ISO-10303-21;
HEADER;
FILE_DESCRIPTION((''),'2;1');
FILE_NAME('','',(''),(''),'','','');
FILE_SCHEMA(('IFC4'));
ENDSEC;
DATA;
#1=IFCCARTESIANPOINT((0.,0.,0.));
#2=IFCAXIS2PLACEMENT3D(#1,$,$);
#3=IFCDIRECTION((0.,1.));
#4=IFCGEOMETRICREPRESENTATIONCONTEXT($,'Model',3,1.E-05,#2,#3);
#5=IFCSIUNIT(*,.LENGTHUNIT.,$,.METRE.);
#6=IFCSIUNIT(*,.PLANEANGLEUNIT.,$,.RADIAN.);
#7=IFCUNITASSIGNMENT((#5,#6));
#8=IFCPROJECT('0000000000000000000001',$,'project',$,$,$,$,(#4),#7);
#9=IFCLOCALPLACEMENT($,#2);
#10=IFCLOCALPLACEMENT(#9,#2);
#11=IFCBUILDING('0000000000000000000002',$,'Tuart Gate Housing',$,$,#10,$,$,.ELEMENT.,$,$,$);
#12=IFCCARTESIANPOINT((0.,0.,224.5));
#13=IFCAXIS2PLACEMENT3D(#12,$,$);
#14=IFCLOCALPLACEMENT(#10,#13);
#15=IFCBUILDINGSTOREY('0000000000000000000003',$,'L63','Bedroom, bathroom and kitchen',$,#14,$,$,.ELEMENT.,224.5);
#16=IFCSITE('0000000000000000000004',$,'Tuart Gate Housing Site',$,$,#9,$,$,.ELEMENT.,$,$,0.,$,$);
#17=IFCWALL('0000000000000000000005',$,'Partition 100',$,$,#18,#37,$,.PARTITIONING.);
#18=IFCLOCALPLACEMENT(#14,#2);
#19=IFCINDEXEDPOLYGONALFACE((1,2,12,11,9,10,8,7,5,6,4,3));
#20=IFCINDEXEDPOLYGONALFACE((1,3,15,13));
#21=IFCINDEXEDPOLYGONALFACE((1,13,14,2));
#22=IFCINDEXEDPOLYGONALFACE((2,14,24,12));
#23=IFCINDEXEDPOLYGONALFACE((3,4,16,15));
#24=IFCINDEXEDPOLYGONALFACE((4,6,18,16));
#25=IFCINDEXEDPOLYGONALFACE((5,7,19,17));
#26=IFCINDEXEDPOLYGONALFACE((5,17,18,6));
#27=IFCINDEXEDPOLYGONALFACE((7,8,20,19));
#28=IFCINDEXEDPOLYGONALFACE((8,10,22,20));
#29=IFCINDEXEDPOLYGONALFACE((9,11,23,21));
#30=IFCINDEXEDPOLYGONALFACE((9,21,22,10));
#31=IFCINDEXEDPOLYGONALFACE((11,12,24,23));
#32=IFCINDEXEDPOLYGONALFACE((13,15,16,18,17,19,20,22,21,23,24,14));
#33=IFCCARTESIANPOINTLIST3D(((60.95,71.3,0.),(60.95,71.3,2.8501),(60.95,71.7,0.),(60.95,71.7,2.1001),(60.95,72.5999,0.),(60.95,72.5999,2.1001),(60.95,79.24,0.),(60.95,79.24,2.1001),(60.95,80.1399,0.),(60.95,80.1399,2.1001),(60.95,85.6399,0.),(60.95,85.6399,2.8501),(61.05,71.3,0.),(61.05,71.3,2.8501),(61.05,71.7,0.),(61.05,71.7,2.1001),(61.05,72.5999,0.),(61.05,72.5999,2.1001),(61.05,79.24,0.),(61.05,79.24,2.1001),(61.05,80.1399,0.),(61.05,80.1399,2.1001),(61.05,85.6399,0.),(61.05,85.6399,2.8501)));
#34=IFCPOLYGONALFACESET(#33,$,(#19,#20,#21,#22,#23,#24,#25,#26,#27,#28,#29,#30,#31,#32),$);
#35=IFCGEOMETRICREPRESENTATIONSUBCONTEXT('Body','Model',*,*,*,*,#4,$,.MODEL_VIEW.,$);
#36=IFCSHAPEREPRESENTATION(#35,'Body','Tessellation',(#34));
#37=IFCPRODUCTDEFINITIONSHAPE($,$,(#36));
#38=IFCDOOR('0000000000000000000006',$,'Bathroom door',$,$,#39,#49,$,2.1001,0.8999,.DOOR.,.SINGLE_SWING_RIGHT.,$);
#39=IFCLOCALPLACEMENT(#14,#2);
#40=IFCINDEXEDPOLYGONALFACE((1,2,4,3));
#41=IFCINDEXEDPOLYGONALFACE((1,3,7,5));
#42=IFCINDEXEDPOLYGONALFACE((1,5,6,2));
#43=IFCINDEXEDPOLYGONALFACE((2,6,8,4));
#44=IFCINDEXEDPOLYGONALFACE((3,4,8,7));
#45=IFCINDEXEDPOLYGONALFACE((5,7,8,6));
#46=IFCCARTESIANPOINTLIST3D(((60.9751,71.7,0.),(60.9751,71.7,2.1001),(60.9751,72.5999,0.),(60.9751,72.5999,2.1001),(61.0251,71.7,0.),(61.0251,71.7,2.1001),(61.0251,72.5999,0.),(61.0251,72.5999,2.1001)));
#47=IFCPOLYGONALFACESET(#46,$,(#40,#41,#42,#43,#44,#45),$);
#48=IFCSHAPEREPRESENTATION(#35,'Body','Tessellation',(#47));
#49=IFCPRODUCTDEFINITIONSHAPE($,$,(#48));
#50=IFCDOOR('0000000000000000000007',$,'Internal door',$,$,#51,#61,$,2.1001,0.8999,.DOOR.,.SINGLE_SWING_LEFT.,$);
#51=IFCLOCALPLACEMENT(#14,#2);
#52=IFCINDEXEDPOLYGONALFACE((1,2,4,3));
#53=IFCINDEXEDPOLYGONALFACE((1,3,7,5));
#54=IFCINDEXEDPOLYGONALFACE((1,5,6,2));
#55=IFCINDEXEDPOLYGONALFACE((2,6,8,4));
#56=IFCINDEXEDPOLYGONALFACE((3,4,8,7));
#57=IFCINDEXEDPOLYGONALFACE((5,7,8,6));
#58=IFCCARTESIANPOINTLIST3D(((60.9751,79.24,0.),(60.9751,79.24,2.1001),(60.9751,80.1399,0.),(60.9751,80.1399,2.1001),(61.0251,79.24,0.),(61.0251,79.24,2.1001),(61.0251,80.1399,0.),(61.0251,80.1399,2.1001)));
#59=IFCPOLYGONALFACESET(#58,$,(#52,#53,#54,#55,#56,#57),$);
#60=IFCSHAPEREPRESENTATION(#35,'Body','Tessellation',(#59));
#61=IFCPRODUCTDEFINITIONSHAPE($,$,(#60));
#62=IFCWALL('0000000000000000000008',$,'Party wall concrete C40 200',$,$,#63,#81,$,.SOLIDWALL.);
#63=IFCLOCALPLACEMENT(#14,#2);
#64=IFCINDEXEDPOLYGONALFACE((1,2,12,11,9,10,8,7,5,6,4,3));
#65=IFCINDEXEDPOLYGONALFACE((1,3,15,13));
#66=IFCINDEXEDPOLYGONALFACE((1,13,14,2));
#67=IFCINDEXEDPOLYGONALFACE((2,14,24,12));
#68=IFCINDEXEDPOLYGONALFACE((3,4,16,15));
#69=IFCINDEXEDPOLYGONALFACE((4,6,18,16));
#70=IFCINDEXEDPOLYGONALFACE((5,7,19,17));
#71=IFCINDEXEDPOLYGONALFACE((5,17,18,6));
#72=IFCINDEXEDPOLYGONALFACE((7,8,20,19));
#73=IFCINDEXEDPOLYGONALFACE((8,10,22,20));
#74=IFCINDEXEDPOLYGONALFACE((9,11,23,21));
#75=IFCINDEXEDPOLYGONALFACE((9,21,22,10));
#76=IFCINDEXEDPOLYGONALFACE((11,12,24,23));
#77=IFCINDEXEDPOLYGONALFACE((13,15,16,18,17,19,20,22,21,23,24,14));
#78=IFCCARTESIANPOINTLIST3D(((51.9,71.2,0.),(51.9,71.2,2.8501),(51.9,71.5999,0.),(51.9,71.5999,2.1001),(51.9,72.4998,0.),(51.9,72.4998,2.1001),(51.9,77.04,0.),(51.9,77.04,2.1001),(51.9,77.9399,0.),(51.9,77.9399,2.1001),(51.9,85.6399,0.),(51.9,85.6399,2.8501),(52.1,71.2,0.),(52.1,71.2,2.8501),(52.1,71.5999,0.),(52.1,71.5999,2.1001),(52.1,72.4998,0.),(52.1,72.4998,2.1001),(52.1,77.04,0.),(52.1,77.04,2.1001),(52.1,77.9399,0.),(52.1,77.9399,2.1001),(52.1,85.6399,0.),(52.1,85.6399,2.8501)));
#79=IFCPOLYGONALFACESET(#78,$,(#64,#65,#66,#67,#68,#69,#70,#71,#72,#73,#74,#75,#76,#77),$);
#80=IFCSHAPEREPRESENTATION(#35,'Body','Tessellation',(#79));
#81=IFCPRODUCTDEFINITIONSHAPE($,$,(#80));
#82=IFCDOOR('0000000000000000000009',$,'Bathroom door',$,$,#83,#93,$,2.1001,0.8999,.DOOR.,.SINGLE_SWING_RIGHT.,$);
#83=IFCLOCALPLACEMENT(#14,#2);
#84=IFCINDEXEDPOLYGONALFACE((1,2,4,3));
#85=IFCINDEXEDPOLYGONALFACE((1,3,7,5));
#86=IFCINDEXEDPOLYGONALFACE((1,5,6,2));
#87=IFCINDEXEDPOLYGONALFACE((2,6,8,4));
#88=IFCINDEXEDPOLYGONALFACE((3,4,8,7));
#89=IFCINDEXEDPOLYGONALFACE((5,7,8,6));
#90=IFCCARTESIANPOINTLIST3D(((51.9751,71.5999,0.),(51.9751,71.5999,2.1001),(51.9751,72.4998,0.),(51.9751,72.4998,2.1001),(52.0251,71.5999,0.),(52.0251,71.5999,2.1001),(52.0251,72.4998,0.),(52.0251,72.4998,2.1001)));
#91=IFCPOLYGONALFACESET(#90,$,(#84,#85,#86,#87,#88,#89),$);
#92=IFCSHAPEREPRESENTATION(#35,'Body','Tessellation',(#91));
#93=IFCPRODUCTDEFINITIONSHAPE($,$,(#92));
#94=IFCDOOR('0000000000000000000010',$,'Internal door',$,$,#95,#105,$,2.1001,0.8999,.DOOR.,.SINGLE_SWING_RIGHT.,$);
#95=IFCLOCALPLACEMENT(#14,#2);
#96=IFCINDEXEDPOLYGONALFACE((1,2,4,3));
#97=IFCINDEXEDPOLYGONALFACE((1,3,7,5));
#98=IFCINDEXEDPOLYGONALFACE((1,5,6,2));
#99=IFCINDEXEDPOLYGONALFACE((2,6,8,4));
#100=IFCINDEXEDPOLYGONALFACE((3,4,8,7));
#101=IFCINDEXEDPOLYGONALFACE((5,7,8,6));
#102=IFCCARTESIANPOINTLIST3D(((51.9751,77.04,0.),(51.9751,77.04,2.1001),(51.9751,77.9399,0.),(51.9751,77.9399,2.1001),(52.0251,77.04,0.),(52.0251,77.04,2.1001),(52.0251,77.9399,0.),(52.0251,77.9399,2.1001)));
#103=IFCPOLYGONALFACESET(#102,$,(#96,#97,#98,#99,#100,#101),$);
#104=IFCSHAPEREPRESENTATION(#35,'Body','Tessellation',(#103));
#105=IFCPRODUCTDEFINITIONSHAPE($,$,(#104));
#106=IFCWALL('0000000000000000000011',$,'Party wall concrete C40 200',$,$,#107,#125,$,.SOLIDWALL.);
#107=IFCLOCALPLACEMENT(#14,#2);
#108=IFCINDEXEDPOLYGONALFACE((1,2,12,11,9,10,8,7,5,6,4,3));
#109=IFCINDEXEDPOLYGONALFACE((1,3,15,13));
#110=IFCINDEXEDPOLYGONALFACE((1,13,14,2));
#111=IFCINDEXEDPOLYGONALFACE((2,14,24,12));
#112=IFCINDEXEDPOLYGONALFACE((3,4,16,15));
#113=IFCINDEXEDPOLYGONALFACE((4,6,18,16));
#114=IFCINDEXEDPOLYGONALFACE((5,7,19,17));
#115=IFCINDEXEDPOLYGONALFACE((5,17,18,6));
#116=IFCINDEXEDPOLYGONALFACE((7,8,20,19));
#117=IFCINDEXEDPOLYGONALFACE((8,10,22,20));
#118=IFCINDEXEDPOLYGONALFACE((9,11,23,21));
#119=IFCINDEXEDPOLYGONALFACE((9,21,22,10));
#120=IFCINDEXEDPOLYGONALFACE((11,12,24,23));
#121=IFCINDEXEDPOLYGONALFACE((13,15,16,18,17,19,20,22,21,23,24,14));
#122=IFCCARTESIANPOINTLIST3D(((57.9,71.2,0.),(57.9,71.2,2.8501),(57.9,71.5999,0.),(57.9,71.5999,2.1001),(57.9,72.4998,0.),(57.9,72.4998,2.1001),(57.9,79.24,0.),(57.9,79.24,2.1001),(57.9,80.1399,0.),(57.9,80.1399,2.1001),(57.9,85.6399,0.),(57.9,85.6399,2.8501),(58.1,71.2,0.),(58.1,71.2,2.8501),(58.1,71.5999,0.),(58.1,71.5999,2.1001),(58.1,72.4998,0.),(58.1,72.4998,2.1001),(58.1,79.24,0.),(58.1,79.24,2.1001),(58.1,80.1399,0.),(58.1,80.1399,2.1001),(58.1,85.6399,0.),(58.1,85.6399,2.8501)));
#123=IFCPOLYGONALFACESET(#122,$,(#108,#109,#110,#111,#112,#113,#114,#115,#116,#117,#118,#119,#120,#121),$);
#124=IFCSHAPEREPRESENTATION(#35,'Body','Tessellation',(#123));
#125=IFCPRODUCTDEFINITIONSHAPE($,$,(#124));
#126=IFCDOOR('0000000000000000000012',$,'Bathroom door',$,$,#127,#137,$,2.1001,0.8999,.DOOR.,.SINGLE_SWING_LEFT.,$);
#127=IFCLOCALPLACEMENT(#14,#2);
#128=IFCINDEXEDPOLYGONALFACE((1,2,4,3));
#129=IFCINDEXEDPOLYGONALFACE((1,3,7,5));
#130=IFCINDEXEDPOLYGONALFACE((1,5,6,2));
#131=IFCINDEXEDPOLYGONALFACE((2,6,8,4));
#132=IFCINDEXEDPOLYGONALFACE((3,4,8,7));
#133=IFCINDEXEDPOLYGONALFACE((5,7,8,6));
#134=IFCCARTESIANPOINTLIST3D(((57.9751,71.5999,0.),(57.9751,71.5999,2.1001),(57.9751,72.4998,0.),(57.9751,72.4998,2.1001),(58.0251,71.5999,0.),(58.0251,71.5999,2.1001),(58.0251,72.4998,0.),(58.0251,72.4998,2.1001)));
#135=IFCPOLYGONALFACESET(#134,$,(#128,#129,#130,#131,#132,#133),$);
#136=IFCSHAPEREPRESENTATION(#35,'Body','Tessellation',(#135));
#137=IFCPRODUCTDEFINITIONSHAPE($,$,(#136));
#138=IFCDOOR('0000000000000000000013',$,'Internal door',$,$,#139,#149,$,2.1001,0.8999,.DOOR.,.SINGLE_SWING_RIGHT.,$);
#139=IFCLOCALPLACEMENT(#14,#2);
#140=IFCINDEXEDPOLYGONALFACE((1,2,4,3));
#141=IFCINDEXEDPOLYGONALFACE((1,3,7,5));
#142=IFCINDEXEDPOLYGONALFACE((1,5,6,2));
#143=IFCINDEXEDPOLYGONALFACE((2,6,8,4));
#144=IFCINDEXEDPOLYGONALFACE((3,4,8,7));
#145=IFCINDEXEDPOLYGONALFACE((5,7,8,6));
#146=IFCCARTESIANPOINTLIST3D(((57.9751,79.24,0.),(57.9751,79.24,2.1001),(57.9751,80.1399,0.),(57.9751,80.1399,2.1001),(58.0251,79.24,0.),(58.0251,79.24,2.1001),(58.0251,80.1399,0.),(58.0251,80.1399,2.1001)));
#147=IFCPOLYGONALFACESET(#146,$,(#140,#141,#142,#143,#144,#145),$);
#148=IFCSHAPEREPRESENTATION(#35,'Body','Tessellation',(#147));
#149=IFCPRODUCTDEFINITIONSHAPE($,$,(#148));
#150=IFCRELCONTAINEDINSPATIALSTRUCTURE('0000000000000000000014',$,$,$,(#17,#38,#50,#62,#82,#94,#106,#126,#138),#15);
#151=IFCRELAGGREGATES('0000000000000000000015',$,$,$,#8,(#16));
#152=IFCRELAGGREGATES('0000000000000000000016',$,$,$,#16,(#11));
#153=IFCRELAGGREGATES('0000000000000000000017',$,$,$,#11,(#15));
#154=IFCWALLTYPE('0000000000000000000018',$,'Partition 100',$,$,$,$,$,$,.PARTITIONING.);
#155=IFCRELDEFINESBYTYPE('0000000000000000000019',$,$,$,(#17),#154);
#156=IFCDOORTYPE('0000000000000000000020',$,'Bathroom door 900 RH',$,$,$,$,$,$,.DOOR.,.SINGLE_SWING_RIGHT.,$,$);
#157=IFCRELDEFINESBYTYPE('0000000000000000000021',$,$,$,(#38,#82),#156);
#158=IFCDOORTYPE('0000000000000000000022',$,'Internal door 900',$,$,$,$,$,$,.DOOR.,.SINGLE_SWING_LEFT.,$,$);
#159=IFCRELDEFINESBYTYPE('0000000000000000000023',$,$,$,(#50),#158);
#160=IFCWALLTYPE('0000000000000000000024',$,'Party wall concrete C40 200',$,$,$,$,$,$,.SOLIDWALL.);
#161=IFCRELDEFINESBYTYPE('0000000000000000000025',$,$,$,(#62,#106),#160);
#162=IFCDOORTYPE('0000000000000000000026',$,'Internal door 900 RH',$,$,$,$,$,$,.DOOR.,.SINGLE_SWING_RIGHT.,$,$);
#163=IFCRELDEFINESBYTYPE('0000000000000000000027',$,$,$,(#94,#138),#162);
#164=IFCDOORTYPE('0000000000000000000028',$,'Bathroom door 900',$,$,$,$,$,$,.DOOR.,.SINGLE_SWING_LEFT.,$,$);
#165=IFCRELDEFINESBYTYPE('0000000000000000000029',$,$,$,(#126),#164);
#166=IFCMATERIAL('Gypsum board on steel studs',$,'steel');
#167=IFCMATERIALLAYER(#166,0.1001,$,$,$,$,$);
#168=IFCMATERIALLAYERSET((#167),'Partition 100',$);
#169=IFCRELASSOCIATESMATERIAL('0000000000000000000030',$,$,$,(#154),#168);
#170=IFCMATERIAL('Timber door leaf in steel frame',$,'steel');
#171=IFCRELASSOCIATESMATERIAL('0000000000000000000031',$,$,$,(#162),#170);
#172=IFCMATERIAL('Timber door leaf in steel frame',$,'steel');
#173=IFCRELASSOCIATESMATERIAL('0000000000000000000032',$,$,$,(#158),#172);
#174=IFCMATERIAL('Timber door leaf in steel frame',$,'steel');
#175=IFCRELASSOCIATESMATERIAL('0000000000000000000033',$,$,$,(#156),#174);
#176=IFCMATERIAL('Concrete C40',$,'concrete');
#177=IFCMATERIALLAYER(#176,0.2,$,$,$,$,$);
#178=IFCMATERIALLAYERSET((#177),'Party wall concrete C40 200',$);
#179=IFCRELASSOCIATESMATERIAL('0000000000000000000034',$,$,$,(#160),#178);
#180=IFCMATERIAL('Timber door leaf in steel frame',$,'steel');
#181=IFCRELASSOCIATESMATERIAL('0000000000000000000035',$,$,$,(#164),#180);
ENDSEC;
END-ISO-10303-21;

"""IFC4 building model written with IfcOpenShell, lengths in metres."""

from ifc_helpers import new_model, si_unit, direction, frame, frame_2d, origin, place, context, subcontext, project, spatial, rectangle, extrude, material, layer, layer_set, type_object, element, fill, save


model = new_model("IFC4")

# Units and contexts
model_context = context("Model", 3, precision=1e-05, world=origin(), true_north=direction((0.0, 1.0)))
body_context = subcontext(model_context, "Body", "Model", "MODEL_VIEW")
ifc_project = project(units=[si_unit("LENGTHUNIT", "METRE"), si_unit("PLANEANGLEUNIT", "RADIAN")], contexts=[model_context])

# Site, building, storey
site_placement = place(None, origin())
site = spatial("IfcSite", under=ifc_project, at=site_placement, Name="Tuart Gate Housing Site", CompositionType="ELEMENT", RefElevation=0.0)
building_placement = place(site_placement, origin())
building = spatial("IfcBuilding", under=site, at=building_placement, Name="Tuart Gate Housing", CompositionType="ELEMENT")
storey_placement = place(building_placement, frame((0.0, 0.0, 224.5)))
storey = spatial("IfcBuildingStorey", under=building, at=storey_placement, Name="L63", Description="Bedroom, bathroom and kitchen", CompositionType="ELEMENT", Elevation=224.5)

# Shared definitions
ifc_material_1 = material(Name="Gypsum board on steel studs", Category="steel")
ifc_layer_1 = layer(ifc_material_1, 0.1001)
ifc_layer_set_1 = layer_set([ifc_layer_1], Name="Partition 100")
wall_type_1 = type_object("IfcWallType", Name="Partition 100", PredefinedType="PARTITIONING", material=ifc_layer_set_1)

# Shared definitions
ifc_material_2 = material(Name="Timber door leaf in steel frame", Category="steel")
door_type_1 = type_object("IfcDoorType", Name="Internal door 900 RH", OperationType="SINGLE_SWING_RIGHT", PredefinedType="DOOR", material=ifc_material_2)
ifc_material_3 = material(Name="Timber door leaf in steel frame", Category="steel")
door_type_2 = type_object("IfcDoorType", Name="Internal door 900", OperationType="SINGLE_SWING_LEFT", PredefinedType="DOOR", material=ifc_material_3)

# Walls, openings, doors
wall_1_placement = place(storey_placement, frame((61.0, 71.3, 0.0), z_axis=(0.0, 0.0, 1.0), x_axis=(0.0, 1.0, 0.0)))
wall_1 = element("IfcWall", 1, at=wall_1_placement, inside=storey, type_object=wall_type_1, Name="Partition 100", PredefinedType="PARTITIONING", context=body_context, shape_type="SweptSolid", body=[
    extrude(rectangle(XDim=14.3398, YDim=0.1001, at=frame_2d((7.1699, 0.0))), origin(), (0.0, 0.0, 1.0), 2.8501),
])
opening_1_placement = place(wall_1_placement, frame((7.9399, 0.0, 0.0)))
opening_1 = element("IfcOpeningElement", 2, at=opening_1_placement, cuts=wall_1, PredefinedType="OPENING", context=body_context, shape_type="SweptSolid", body=[
    extrude(rectangle(XDim=0.8999, YDim=2.1001, at=frame_2d((0.45, 1.05))), frame((0.0, 0.0601, 0.0), z_axis=(0.0, -1.0, 0.0), x_axis=(1.0, 0.0, 0.0)), (0.0, 0.0, 1.0), 0.1201),
])
opening_2_placement = place(wall_1_placement, frame((0.3999, 0.0, 0.0)))
opening_2 = element("IfcOpeningElement", 3, at=opening_2_placement, cuts=wall_1, PredefinedType="OPENING", context=body_context, shape_type="SweptSolid", body=[
    extrude(rectangle(XDim=0.8999, YDim=2.1001, at=frame_2d((0.45, 1.05))), frame((0.0, 0.0601, 0.0), z_axis=(0.0, -1.0, 0.0), x_axis=(1.0, 0.0, 0.0)), (0.0, 0.0, 1.0), 0.1201),
])
ifc_material_4 = material(Name="Timber door leaf in steel frame", Category="steel")
door_type_3 = type_object("IfcDoorType", Name="Bathroom door 900 RH", OperationType="SINGLE_SWING_RIGHT", PredefinedType="DOOR", material=ifc_material_4)
door_1_placement = place(opening_2_placement, frame((0.8999, 0.0, 0.0), z_axis=(0.0, 0.0, 1.0), x_axis=(-1.0, 0.0, 0.0)))
door_1 = element("IfcDoor", 4, at=door_1_placement, inside=storey, type_object=door_type_3, Name="Bathroom door", OperationType="SINGLE_SWING_RIGHT", OverallHeight=2.1001, OverallWidth=0.8999, PredefinedType="DOOR", context=body_context, shape_type="SweptSolid", body=[
    extrude(rectangle(XDim=0.8999, YDim=2.1001, at=frame_2d((0.45, 1.05))), frame((0.0, 0.0251, 0.0), z_axis=(0.0, -1.0, 0.0), x_axis=(1.0, 0.0, 0.0)), (0.0, 0.0, 1.0), 0.05),
])
fill(opening_2, door_1)
door_2_placement = place(opening_1_placement, frame((0.8999, 0.0, 0.0), z_axis=(0.0, 0.0, 1.0), x_axis=(-1.0, 0.0, 0.0)))
door_2 = element("IfcDoor", 5, at=door_2_placement, inside=storey, type_object=door_type_2, Name="Internal door", OperationType="SINGLE_SWING_LEFT", OverallHeight=2.1001, OverallWidth=0.8999, PredefinedType="DOOR", context=body_context, shape_type="SweptSolid", body=[
    extrude(rectangle(XDim=0.8999, YDim=2.1001, at=frame_2d((0.45, 1.05))), frame((0.0, 0.0251, 0.0), z_axis=(0.0, -1.0, 0.0), x_axis=(1.0, 0.0, 0.0)), (0.0, 0.0, 1.0), 0.05),
])
fill(opening_1, door_2)
ifc_material_5 = material(Name="Concrete C40", Category="concrete")
ifc_layer_2 = layer(ifc_material_5, 0.2)
ifc_layer_set_2 = layer_set([ifc_layer_2], Name="Party wall concrete C40 200")
wall_type_2 = type_object("IfcWallType", Name="Party wall concrete C40 200", PredefinedType="SOLIDWALL", material=ifc_layer_set_2)
wall_2_placement = place(storey_placement, frame((52.0, 71.2, 0.0), z_axis=(0.0, 0.0, 1.0), x_axis=(0.0, 1.0, 0.0)))
wall_2 = element("IfcWall", 6, at=wall_2_placement, inside=storey, type_object=wall_type_2, Name="Party wall concrete C40 200", PredefinedType="SOLIDWALL", context=body_context, shape_type="SweptSolid", body=[
    extrude(rectangle(XDim=14.4399, YDim=0.2, at=frame_2d((7.22, 0.0))), origin(), (0.0, 0.0, 1.0), 2.8501),
])
opening_3_placement = place(wall_2_placement, frame((5.8401, 0.0, 0.0)))
opening_3 = element("IfcOpeningElement", 7, at=opening_3_placement, cuts=wall_2, PredefinedType="OPENING", context=body_context, shape_type="SweptSolid", body=[
    extrude(rectangle(XDim=0.8999, YDim=2.1001, at=frame_2d((0.45, 1.05))), frame((0.0, 0.1099, 0.0), z_axis=(0.0, -1.0, 0.0), x_axis=(1.0, 0.0, 0.0)), (0.0, 0.0, 1.0), 0.22),
])
opening_4_placement = place(wall_2_placement, frame((0.3999, 0.0, 0.0)))
opening_4 = element("IfcOpeningElement", 8, at=opening_4_placement, cuts=wall_2, PredefinedType="OPENING", context=body_context, shape_type="SweptSolid", body=[
    extrude(rectangle(XDim=0.8999, YDim=2.1001, at=frame_2d((0.45, 1.05))), frame((0.0, 0.1099, 0.0), z_axis=(0.0, -1.0, 0.0), x_axis=(1.0, 0.0, 0.0)), (0.0, 0.0, 1.0), 0.22),
])
door_3_placement = place(opening_4_placement, frame((0.8999, 0.0, 0.0), z_axis=(0.0, 0.0, 1.0), x_axis=(-1.0, 0.0, 0.0)))
door_3 = element("IfcDoor", 9, at=door_3_placement, inside=storey, type_object=door_type_3, Name="Bathroom door", OperationType="SINGLE_SWING_RIGHT", OverallHeight=2.1001, OverallWidth=0.8999, PredefinedType="DOOR", context=body_context, shape_type="SweptSolid", body=[
    extrude(rectangle(XDim=0.8999, YDim=2.1001, at=frame_2d((0.45, 1.05))), frame((0.0, 0.0251, 0.0), z_axis=(0.0, -1.0, 0.0), x_axis=(1.0, 0.0, 0.0)), (0.0, 0.0, 1.0), 0.05),
])
fill(opening_4, door_3)
door_4_placement = place(opening_3_placement, frame((0.8999, 0.0, 0.0), z_axis=(0.0, 0.0, 1.0), x_axis=(-1.0, 0.0, 0.0)))
door_4 = element("IfcDoor", 10, at=door_4_placement, inside=storey, type_object=door_type_1, Name="Internal door", OperationType="SINGLE_SWING_RIGHT", OverallHeight=2.1001, OverallWidth=0.8999, PredefinedType="DOOR", context=body_context, shape_type="SweptSolid", body=[
    extrude(rectangle(XDim=0.8999, YDim=2.1001, at=frame_2d((0.45, 1.05))), frame((0.0, 0.0251, 0.0), z_axis=(0.0, -1.0, 0.0), x_axis=(1.0, 0.0, 0.0)), (0.0, 0.0, 1.0), 0.05),
])
fill(opening_3, door_4)
wall_3_placement = place(storey_placement, frame((58.0, 71.2, 0.0), z_axis=(0.0, 0.0, 1.0), x_axis=(0.0, 1.0, 0.0)))
wall_3 = element("IfcWall", 11, at=wall_3_placement, inside=storey, type_object=wall_type_2, Name="Party wall concrete C40 200", PredefinedType="SOLIDWALL", context=body_context, shape_type="SweptSolid", body=[
    extrude(rectangle(XDim=14.4399, YDim=0.2, at=frame_2d((7.22, 0.0))), origin(), (0.0, 0.0, 1.0), 2.8501),
])
opening_5_placement = place(wall_3_placement, frame((8.04, 0.0, 0.0)))
opening_5 = element("IfcOpeningElement", 12, at=opening_5_placement, cuts=wall_3, PredefinedType="OPENING", context=body_context, shape_type="SweptSolid", body=[
    extrude(rectangle(XDim=0.8999, YDim=2.1001, at=frame_2d((0.45, 1.05))), frame((0.0, 0.1099, 0.0), z_axis=(0.0, -1.0, 0.0), x_axis=(1.0, 0.0, 0.0)), (0.0, 0.0, 1.0), 0.22),
])
opening_6_placement = place(wall_3_placement, frame((0.3999, 0.0, 0.0)))
opening_6 = element("IfcOpeningElement", 13, at=opening_6_placement, cuts=wall_3, PredefinedType="OPENING", context=body_context, shape_type="SweptSolid", body=[
    extrude(rectangle(XDim=0.8999, YDim=2.1001, at=frame_2d((0.45, 1.05))), frame((0.0, 0.1099, 0.0), z_axis=(0.0, -1.0, 0.0), x_axis=(1.0, 0.0, 0.0)), (0.0, 0.0, 1.0), 0.22),
])
ifc_material_6 = material(Name="Timber door leaf in steel frame", Category="steel")
door_type_4 = type_object("IfcDoorType", Name="Bathroom door 900", OperationType="SINGLE_SWING_LEFT", PredefinedType="DOOR", material=ifc_material_6)
door_5_placement = place(opening_6_placement, origin())
door_5 = element("IfcDoor", 14, at=door_5_placement, inside=storey, type_object=door_type_4, Name="Bathroom door", OperationType="SINGLE_SWING_LEFT", OverallHeight=2.1001, OverallWidth=0.8999, PredefinedType="DOOR", context=body_context, shape_type="SweptSolid", body=[
    extrude(rectangle(XDim=0.8999, YDim=2.1001, at=frame_2d((0.45, 1.05))), frame((0.0, 0.0249, 0.0), z_axis=(0.0, -1.0, 0.0), x_axis=(1.0, 0.0, 0.0)), (0.0, 0.0, 1.0), 0.05),
])
fill(opening_6, door_5)
door_6_placement = place(opening_5_placement, origin())
door_6 = element("IfcDoor", 15, at=door_6_placement, inside=storey, type_object=door_type_1, Name="Internal door", OperationType="SINGLE_SWING_RIGHT", OverallHeight=2.1001, OverallWidth=0.8999, PredefinedType="DOOR", context=body_context, shape_type="SweptSolid", body=[
    extrude(rectangle(XDim=0.8999, YDim=2.1001, at=frame_2d((0.45, 1.05))), frame((0.0, 0.0249, 0.0), z_axis=(0.0, -1.0, 0.0), x_axis=(1.0, 0.0, 0.0)), (0.0, 0.0, 1.0), 0.05),
])
fill(opening_5, door_6)

save(model, "model.ifc")
